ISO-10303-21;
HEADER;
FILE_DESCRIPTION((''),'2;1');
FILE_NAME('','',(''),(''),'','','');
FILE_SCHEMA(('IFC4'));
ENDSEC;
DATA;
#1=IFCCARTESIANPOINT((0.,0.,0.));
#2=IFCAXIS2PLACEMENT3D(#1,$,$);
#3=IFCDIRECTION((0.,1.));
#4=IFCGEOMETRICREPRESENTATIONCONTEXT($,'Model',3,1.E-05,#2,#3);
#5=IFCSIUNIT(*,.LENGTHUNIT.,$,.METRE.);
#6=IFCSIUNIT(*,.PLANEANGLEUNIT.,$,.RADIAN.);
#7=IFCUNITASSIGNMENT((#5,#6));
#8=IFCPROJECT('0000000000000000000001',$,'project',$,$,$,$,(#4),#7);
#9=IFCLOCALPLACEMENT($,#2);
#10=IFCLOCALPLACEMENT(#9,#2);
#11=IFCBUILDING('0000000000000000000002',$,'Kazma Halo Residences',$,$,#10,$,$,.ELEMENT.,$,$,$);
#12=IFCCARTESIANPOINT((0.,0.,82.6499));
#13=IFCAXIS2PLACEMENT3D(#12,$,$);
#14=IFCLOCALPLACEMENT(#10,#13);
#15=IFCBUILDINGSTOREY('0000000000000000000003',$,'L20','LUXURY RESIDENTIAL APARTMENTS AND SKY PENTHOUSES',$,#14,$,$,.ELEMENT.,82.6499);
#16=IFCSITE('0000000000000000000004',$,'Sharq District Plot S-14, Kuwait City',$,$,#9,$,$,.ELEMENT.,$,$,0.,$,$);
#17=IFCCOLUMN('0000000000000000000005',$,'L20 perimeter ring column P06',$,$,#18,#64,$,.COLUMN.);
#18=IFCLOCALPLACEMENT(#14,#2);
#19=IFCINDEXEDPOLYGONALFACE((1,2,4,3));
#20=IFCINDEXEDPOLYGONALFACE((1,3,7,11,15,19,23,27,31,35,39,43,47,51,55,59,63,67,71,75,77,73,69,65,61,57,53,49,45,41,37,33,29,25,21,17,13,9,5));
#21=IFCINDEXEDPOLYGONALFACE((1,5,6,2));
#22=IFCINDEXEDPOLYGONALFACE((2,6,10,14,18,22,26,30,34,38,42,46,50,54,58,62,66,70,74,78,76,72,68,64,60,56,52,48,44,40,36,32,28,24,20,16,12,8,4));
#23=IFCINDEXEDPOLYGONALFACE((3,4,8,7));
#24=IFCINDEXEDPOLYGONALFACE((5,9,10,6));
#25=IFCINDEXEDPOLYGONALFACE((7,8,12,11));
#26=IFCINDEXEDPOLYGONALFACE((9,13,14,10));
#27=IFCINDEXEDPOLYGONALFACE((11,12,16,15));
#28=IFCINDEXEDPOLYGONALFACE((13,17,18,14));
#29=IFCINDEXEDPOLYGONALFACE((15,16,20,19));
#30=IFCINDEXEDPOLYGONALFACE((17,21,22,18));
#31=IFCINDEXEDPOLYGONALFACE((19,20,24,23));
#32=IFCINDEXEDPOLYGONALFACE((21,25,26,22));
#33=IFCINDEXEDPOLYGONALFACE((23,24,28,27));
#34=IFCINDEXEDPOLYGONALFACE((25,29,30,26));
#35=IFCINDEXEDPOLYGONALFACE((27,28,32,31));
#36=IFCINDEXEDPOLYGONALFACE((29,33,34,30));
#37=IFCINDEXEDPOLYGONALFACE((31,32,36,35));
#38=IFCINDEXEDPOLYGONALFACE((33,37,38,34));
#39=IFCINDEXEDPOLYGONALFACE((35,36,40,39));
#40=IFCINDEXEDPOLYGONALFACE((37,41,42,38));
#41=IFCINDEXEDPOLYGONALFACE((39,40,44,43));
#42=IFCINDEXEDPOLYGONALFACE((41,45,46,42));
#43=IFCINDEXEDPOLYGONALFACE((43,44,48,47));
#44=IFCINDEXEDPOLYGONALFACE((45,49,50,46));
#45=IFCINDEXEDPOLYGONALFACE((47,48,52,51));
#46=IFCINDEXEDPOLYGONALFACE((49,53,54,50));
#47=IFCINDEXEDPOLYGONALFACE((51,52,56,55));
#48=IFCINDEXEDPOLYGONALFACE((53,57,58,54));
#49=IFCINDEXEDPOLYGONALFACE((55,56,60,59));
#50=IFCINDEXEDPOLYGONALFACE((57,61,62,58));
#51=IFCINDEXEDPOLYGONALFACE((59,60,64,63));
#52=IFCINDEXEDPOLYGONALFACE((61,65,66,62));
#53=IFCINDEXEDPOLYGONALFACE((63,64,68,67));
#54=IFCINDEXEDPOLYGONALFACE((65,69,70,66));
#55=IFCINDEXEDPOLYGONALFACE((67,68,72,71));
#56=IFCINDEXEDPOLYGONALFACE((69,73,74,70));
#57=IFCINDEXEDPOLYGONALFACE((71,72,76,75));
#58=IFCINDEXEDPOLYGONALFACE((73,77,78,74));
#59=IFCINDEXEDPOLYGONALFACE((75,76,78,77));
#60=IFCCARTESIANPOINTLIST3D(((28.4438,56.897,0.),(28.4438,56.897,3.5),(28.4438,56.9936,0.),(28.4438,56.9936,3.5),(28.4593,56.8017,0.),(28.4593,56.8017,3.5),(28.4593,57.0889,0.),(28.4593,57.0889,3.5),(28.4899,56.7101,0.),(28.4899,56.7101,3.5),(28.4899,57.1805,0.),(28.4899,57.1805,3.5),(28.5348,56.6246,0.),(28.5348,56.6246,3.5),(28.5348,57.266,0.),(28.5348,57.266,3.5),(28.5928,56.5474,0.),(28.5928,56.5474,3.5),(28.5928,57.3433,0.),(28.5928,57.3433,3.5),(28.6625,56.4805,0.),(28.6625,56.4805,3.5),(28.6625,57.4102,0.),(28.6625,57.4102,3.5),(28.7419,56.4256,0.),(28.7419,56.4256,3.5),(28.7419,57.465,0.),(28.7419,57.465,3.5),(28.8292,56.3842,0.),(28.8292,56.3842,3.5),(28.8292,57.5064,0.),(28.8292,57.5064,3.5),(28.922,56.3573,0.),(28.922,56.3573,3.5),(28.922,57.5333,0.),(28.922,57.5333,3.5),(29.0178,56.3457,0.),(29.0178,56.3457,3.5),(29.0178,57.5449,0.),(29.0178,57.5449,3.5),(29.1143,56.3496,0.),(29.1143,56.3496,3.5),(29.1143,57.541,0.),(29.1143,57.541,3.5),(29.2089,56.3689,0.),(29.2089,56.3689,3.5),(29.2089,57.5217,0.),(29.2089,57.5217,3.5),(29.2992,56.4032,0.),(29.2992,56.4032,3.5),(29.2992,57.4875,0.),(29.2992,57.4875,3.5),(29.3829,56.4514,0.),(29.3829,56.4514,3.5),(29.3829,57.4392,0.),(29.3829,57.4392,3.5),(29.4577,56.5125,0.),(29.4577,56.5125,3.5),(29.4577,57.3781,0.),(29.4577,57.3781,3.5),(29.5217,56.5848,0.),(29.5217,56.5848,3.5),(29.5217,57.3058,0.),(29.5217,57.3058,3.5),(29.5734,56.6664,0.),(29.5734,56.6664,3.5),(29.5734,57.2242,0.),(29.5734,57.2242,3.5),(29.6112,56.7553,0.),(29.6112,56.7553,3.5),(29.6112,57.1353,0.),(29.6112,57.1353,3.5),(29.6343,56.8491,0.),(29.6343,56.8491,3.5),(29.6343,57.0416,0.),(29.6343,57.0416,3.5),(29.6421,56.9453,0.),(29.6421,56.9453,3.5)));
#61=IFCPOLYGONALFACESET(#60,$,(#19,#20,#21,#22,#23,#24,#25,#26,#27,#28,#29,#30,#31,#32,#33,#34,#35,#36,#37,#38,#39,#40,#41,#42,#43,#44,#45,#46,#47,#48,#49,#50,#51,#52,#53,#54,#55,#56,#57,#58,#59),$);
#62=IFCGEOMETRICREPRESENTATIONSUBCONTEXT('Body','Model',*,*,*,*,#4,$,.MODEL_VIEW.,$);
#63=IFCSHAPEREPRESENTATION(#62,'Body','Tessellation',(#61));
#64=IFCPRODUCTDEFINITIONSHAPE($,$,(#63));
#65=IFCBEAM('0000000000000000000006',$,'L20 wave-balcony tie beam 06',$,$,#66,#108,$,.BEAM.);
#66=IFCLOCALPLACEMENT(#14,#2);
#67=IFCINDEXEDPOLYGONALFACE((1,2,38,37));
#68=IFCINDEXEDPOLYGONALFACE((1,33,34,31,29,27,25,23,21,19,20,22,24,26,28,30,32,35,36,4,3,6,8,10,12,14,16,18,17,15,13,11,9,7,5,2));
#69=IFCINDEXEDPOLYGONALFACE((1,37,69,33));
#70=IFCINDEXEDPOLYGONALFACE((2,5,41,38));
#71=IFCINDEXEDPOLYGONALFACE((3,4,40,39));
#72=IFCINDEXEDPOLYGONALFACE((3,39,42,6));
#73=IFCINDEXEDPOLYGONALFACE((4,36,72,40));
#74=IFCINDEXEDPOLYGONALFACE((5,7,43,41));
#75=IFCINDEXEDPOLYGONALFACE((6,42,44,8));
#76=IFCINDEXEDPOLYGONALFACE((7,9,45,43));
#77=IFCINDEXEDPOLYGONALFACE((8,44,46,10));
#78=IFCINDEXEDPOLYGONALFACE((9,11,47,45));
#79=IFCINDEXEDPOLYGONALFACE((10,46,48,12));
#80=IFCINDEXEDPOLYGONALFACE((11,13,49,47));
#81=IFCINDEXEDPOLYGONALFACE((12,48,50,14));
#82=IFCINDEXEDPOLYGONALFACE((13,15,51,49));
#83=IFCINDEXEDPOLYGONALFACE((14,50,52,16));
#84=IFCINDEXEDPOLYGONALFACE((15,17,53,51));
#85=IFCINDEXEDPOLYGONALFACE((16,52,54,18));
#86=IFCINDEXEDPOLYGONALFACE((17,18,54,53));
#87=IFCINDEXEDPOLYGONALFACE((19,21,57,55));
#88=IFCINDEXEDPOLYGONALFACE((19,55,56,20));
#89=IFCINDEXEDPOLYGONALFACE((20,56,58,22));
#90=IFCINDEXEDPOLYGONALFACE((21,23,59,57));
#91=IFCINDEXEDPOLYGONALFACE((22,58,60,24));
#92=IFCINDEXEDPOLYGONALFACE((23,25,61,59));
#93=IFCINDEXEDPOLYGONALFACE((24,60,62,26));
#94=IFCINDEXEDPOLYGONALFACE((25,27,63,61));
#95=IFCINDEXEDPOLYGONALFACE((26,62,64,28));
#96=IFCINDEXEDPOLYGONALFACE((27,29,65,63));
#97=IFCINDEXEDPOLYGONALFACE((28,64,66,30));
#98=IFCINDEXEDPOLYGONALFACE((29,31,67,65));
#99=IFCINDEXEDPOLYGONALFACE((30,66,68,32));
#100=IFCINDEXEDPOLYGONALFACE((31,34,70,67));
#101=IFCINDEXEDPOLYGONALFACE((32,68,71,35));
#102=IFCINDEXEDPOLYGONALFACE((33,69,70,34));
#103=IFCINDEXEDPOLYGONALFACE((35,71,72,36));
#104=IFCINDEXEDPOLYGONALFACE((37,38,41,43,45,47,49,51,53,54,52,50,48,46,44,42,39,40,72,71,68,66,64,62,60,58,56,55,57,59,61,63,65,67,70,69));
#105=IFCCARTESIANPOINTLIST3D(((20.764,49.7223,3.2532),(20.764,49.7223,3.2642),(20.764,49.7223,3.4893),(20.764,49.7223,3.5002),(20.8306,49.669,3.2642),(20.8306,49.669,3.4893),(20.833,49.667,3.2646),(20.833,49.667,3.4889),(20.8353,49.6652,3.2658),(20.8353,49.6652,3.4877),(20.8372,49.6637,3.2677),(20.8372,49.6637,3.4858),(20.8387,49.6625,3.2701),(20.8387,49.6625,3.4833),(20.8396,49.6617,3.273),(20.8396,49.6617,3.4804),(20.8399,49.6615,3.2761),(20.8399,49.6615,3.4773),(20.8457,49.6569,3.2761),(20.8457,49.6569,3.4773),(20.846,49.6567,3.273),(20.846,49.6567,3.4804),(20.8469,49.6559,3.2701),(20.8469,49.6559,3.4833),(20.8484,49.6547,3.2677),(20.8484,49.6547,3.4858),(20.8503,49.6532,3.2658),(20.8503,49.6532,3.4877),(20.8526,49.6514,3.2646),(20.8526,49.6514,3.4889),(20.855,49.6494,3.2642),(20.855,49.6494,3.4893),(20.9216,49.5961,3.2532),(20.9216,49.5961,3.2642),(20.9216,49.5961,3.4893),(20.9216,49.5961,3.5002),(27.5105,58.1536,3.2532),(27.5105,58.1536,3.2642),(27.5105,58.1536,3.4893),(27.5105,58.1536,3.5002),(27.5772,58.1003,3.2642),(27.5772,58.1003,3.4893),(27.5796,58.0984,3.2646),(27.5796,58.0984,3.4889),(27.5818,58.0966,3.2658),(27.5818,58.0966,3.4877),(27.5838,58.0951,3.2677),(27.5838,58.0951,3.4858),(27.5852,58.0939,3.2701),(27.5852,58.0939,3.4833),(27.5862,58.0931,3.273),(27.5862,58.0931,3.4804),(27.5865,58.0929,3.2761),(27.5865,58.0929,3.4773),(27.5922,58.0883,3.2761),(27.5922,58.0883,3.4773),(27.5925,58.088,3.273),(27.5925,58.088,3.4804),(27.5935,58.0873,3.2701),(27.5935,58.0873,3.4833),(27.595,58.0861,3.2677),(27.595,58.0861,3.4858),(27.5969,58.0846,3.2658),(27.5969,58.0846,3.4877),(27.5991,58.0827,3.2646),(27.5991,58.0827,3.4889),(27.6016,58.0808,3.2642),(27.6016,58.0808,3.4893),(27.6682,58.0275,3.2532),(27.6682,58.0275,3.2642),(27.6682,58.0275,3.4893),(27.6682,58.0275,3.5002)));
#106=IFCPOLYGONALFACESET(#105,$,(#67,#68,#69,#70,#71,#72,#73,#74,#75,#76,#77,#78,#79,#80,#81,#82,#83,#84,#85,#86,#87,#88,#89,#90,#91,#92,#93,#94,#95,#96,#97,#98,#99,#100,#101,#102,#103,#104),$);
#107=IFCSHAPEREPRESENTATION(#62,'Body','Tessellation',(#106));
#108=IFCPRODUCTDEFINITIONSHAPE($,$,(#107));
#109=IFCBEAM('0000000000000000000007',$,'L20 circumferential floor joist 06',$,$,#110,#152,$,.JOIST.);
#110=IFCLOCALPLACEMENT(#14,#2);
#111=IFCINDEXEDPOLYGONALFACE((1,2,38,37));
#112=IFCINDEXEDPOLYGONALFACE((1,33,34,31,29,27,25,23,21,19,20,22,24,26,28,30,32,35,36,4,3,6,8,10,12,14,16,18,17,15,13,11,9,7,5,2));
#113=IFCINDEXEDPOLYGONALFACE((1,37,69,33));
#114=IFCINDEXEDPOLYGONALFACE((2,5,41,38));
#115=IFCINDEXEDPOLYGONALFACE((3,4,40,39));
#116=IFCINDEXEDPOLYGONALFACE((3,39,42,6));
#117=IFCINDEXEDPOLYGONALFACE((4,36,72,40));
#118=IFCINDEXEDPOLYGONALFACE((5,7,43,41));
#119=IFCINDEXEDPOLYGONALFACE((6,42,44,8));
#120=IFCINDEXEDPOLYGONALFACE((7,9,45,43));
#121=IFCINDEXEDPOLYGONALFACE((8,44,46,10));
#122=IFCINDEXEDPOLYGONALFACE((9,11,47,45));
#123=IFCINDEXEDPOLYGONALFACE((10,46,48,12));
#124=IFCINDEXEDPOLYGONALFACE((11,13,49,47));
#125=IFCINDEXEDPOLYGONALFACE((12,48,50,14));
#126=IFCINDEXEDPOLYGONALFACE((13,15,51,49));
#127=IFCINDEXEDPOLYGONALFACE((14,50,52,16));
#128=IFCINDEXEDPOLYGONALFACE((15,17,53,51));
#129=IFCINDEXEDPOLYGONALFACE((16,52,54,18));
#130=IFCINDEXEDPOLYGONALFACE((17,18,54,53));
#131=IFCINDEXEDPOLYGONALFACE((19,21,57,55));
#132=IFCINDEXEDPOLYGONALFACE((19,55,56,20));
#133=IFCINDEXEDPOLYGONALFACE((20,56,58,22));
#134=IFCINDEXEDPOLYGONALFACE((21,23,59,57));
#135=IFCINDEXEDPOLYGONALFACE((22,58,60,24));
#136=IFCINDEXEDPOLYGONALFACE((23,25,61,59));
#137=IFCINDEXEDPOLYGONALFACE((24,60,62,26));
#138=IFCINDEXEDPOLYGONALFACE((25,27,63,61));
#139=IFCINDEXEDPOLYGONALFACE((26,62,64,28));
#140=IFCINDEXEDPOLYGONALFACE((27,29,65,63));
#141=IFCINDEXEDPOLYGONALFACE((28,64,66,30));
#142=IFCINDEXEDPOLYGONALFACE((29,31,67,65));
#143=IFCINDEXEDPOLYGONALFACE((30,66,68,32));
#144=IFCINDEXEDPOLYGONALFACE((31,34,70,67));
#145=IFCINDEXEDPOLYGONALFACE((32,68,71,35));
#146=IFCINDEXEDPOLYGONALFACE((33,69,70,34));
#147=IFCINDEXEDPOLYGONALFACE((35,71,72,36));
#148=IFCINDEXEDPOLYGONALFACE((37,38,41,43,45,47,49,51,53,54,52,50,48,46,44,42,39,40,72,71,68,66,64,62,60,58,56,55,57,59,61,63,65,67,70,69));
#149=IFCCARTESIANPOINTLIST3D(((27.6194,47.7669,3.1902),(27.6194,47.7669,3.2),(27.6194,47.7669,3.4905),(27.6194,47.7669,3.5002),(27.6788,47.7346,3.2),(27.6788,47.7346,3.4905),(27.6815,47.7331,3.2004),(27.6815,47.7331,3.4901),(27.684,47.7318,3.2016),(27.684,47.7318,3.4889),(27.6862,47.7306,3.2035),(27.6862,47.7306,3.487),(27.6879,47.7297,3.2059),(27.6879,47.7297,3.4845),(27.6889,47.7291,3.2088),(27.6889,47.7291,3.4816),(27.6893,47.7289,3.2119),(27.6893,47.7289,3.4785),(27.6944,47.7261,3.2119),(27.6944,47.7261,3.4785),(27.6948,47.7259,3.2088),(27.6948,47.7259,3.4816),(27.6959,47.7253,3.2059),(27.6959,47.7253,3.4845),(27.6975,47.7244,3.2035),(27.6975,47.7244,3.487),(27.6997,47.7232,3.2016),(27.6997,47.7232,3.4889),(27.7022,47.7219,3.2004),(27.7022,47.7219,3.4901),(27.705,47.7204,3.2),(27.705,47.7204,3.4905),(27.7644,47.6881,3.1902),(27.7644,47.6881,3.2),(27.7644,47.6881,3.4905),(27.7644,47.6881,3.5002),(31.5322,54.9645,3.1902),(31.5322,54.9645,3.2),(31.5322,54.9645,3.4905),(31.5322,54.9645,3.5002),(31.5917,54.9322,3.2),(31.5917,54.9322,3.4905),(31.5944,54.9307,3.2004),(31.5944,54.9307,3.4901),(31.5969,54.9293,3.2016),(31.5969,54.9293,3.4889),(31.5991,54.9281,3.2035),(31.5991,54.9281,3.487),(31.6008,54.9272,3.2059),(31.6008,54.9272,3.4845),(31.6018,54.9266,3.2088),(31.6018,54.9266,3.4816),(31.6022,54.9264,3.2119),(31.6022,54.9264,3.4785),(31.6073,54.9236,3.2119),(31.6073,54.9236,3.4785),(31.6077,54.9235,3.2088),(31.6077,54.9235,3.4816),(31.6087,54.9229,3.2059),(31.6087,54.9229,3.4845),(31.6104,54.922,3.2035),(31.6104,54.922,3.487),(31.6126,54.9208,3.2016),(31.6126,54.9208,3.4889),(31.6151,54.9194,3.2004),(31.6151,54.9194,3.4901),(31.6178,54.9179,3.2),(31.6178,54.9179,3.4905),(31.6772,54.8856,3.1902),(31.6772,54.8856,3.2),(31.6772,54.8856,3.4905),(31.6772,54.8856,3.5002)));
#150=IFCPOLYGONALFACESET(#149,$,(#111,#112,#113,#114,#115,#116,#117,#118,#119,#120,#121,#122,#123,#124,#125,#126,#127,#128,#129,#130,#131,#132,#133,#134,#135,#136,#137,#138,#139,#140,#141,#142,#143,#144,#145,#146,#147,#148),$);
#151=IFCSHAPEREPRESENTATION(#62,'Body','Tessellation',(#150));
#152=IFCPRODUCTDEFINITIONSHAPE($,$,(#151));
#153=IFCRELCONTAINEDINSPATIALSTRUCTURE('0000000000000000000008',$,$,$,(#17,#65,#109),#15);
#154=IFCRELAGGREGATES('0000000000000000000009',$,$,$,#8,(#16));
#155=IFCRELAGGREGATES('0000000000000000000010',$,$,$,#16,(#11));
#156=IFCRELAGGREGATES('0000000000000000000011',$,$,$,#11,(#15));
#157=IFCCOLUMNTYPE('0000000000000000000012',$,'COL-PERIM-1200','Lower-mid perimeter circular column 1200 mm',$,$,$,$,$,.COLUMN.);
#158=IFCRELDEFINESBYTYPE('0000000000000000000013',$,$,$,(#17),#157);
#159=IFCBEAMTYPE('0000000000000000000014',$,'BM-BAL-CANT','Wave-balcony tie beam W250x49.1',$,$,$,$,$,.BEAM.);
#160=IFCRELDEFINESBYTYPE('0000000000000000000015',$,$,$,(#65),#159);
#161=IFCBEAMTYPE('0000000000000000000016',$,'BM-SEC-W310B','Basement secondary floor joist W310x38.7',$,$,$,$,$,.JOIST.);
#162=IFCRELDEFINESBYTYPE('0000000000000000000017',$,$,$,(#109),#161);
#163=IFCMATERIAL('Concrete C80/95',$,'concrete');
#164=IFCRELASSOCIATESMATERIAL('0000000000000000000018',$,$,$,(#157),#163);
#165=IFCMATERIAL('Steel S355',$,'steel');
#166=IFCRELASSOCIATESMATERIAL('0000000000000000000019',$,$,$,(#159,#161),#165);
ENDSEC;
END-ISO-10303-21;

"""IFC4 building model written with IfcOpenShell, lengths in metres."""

from ifc_helpers import new_model, si_unit, direction, frame, origin, origin_2d, place, context, subcontext, project, spatial, circle, i_section, extrude, material, material_profile, profile_set, type_object, element, save


model = new_model("IFC4")

# Units and contexts
model_context = context("Model", 3, precision=1e-05, world=origin(), true_north=direction((0.0, 1.0)))
body_context = subcontext(model_context, "Body", "Model", "MODEL_VIEW")
ifc_project = project(units=[si_unit("LENGTHUNIT", "METRE"), si_unit("PLANEANGLEUNIT", "RADIAN")], contexts=[model_context])

# Site, building, storey
site_placement = place(None, origin())
site = spatial("IfcSite", under=ifc_project, at=site_placement, Name="Sharq District Plot S-14, Kuwait City", CompositionType="ELEMENT", RefElevation=0.0)
building_placement = place(site_placement, origin())
building = spatial("IfcBuilding", under=site, at=building_placement, Name="Kazma Halo Residences", CompositionType="ELEMENT")
storey_placement = place(building_placement, frame((0.0, 0.0, 82.6499)))
storey = spatial("IfcBuildingStorey", under=building, at=storey_placement, Name="L20", Description="LUXURY RESIDENTIAL APARTMENTS AND SKY PENTHOUSES", CompositionType="ELEMENT", Elevation=82.6499)

# Column
ifc_material_1 = material(Name="Concrete C80/95", Category="concrete")
ifc_material_profile_1 = material_profile(ifc_material_1, circle(Radius=0.6001, at=origin_2d()), Name="CIRC1200")
ifc_profile_set_1 = profile_set([ifc_material_profile_1], Name="Concrete C80/95")
column_type = type_object("IfcColumnType", Name="COL-PERIM-1200", Description="Lower-mid perimeter circular column 1200 mm", PredefinedType="COLUMN", material=ifc_profile_set_1)
column_placement = place(storey_placement, frame((29.042, 56.9453, 0.0), z_axis=(0.0, 0.0, 1.0), x_axis=(1.0, 0.0, 0.0)))
element("IfcColumn", 1, at=column_placement, inside=storey, type_object=column_type, Name="L20 perimeter ring column P06", PredefinedType="COLUMN", context=body_context, shape_type="SweptSolid", body=[
    extrude(circle(Radius=0.6001, at=origin_2d()), origin(), (0.0, 0.0, 1.0), 3.5),
])

# Beams
ifc_material_2 = material(Name="Steel S355", Category="steel")
ifc_material_profile_2 = material_profile(ifc_material_2, i_section(OverallWidth=0.2019, OverallDepth=0.2471, WebThickness=0.0073, FlangeThickness=0.011, FilletRadius=0.012, at=origin_2d()), Name="W250x49.1")
ifc_profile_set_2 = profile_set([ifc_material_profile_2], Name="Steel S355")
beam_type_1 = type_object("IfcBeamType", Name="BM-BAL-CANT", Description="Wave-balcony tie beam W250x49.1", PredefinedType="BEAM", material=ifc_profile_set_2)
beam_1_placement = place(storey_placement, frame((27.5894, 58.0906, 3.3767), z_axis=(-0.624778, -0.780803, 0.0), x_axis=(0.780803, -0.624778, 0.0)))
element("IfcBeam", 2, at=beam_1_placement, inside=storey, type_object=beam_type_1, Name="L20 wave-balcony tie beam 06", PredefinedType="BEAM", context=body_context, shape_type="SweptSolid", body=[
    extrude(i_section(OverallWidth=0.2019, OverallDepth=0.2471, WebThickness=0.0073, FlangeThickness=0.011, FilletRadius=0.012, at=origin_2d()), origin(), (0.0, 0.0, 1.0), 10.7983),
])
ifc_material_profile_3 = material_profile(ifc_material_2, i_section(OverallWidth=0.165, OverallDepth=0.3101, WebThickness=0.0059, FlangeThickness=0.0098, FilletRadius=0.012, at=origin_2d()), Name="W310x38.7")
ifc_profile_set_3 = profile_set([ifc_material_profile_3], Name="Steel S355")
beam_type_2 = type_object("IfcBeamType", Name="BM-SEC-W310B", Description="Basement secondary floor joist W310x38.7", PredefinedType="JOIST", material=ifc_profile_set_3)
beam_2_placement = place(storey_placement, frame((31.6047, 54.925, 3.3452), z_axis=(-0.477622, -0.878566, 0.0), x_axis=(0.878566, -0.477622, 0.0)))
element("IfcBeam", 3, at=beam_2_placement, inside=storey, type_object=beam_type_2, Name="L20 circumferential floor joist 06", PredefinedType="JOIST", context=body_context, shape_type="SweptSolid", body=[
    extrude(i_section(OverallWidth=0.165, OverallDepth=0.3101, WebThickness=0.0059, FlangeThickness=0.0098, FilletRadius=0.012, at=origin_2d()), origin(), (0.0, 0.0, 1.0), 8.1924),
])

save(model, "model.ifc")
